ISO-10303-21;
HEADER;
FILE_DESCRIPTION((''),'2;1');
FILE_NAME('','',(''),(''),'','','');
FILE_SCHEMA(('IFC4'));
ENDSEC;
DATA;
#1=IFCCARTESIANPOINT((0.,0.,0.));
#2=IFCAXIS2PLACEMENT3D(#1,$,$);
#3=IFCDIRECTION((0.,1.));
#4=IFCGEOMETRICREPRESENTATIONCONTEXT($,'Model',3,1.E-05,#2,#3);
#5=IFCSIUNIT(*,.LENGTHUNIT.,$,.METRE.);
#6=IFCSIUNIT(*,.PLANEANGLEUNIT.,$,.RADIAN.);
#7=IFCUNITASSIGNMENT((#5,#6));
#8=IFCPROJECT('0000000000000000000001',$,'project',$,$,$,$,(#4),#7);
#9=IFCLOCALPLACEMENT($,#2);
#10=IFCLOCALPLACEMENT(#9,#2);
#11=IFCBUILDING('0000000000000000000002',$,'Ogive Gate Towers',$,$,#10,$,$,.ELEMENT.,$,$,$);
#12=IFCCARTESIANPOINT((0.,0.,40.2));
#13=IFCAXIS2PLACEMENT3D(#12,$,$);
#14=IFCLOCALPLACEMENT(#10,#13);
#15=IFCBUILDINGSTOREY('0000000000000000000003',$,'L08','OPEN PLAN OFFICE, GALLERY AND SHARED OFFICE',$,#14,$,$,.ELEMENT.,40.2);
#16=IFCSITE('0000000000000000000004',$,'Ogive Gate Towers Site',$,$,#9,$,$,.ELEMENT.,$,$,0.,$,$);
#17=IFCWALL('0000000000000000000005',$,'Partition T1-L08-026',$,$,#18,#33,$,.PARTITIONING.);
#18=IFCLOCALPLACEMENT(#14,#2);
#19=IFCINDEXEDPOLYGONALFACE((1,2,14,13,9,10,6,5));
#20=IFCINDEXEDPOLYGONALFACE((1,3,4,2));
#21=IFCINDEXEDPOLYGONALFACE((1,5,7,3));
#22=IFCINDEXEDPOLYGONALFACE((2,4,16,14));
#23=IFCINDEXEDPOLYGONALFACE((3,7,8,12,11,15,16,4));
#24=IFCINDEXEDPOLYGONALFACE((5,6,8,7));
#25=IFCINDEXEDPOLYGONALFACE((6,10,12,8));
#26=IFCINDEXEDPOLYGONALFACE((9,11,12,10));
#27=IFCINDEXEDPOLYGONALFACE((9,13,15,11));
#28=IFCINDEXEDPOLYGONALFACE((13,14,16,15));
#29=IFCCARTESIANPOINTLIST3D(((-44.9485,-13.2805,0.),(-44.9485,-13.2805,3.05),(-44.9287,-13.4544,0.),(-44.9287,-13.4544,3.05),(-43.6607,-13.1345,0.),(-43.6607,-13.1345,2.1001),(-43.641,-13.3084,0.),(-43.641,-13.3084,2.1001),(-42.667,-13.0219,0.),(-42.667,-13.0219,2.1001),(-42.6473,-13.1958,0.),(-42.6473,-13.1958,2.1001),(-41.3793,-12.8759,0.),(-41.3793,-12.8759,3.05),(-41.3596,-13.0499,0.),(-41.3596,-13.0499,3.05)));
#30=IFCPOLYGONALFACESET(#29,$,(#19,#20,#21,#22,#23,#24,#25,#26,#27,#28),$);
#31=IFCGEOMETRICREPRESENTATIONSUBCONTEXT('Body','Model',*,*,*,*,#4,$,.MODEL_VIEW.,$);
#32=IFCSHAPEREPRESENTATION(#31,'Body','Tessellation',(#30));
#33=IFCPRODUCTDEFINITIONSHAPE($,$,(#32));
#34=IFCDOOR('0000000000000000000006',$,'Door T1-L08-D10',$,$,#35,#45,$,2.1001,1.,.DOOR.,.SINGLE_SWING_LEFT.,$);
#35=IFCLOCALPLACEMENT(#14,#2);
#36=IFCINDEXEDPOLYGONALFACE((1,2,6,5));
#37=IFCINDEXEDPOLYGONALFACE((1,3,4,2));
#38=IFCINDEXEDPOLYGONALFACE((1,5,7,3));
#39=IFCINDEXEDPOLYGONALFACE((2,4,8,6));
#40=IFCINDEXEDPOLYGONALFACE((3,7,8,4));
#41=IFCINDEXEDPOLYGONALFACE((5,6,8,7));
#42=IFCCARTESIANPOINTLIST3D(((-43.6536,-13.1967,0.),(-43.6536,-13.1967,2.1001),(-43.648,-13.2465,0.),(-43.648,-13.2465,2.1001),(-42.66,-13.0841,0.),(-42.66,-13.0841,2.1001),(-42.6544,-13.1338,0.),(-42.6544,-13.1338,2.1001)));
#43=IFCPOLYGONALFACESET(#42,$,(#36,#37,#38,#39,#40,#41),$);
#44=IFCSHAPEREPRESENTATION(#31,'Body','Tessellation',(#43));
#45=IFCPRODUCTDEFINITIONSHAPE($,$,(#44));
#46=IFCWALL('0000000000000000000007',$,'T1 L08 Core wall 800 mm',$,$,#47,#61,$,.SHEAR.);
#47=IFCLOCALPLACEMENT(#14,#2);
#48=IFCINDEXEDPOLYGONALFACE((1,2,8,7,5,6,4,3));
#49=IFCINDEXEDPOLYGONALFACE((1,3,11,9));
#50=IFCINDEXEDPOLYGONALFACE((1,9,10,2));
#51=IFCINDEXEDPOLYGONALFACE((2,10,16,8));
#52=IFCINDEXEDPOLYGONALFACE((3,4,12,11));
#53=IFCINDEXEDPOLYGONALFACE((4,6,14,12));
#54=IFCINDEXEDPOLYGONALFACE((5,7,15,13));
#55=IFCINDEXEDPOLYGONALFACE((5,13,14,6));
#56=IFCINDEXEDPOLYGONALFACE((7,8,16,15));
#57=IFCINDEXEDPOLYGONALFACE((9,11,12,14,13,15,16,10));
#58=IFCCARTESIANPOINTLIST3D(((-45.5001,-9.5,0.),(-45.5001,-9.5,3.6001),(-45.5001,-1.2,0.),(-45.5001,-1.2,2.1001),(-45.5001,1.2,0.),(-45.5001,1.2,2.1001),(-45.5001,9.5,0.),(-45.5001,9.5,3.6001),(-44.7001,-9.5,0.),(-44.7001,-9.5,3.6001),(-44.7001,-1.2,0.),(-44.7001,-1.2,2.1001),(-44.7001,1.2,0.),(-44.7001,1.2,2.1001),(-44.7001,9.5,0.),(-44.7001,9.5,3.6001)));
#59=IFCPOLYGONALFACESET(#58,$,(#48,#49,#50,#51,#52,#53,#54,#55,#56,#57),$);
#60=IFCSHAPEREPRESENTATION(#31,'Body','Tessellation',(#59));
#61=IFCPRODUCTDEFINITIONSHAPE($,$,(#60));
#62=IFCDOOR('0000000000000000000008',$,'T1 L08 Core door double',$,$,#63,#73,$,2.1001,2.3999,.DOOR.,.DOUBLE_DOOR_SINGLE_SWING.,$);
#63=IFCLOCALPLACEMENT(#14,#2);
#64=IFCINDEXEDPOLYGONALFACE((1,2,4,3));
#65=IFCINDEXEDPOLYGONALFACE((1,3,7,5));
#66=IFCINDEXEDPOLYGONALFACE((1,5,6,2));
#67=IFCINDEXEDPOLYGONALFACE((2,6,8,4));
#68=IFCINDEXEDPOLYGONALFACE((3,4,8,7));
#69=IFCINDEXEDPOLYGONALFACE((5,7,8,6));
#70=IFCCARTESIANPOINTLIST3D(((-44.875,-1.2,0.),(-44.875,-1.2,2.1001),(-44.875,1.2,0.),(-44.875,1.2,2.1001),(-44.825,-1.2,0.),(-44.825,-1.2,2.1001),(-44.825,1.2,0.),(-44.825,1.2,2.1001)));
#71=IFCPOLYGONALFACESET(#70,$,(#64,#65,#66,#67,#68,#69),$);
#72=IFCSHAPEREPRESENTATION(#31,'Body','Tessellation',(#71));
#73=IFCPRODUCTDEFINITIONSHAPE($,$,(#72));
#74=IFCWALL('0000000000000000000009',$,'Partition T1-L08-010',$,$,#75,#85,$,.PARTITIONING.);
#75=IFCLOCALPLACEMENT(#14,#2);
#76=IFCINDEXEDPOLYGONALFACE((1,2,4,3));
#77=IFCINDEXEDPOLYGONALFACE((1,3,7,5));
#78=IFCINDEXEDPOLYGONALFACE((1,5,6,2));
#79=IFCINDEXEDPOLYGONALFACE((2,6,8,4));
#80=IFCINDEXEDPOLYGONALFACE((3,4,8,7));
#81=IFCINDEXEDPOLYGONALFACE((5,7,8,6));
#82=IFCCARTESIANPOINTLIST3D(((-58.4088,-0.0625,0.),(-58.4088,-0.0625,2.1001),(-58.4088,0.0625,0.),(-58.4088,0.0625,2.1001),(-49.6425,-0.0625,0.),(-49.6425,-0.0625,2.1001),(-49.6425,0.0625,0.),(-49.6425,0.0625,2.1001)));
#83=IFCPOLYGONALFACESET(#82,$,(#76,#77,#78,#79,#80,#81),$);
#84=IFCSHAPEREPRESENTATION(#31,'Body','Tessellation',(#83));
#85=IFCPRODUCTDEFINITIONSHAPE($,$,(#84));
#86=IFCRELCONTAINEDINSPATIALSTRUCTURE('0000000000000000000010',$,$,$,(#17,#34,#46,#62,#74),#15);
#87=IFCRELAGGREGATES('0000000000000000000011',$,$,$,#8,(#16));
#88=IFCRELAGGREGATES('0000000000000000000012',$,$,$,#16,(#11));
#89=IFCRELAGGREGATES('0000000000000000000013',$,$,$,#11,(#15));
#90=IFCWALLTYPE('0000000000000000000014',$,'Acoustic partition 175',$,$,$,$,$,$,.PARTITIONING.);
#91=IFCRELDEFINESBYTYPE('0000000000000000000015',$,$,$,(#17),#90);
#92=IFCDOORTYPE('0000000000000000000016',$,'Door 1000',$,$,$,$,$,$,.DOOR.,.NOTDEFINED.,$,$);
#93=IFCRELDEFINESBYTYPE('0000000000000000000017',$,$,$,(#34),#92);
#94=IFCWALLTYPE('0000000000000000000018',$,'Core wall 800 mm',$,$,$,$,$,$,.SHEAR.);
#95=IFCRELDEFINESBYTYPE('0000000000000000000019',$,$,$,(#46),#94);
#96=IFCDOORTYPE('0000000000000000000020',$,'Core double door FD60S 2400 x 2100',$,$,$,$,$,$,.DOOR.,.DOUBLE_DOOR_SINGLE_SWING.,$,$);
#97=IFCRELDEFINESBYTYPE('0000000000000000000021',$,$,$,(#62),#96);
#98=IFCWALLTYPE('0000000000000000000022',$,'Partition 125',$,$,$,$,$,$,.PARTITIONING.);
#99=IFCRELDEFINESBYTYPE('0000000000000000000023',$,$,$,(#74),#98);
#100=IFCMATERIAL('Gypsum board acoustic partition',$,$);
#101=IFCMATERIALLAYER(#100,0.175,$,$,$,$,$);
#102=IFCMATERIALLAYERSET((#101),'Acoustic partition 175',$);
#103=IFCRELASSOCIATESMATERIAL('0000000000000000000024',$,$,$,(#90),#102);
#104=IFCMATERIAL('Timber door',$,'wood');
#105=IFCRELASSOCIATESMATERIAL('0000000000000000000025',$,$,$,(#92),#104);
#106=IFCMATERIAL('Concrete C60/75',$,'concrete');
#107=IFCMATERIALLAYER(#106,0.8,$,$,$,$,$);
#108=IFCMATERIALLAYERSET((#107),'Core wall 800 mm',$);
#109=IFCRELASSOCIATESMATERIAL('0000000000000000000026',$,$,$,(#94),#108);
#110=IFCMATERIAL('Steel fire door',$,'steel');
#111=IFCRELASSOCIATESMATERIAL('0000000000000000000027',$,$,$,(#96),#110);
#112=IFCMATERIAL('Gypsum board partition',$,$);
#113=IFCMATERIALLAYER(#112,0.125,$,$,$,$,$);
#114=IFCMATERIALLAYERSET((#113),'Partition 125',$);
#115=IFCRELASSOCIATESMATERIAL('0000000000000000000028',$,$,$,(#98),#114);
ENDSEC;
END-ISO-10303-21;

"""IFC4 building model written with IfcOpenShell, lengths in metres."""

from ifc_helpers import new_model, si_unit, direction, frame, frame_2d, origin, place, context, subcontext, project, spatial, rectangle, extrude, material, layer, layer_set, type_object, element, fill, save


model = new_model("IFC4")

# Units and contexts
model_context = context("Model", 3, precision=1e-05, world=origin(), true_north=direction((0.0, 1.0)))
body_context = subcontext(model_context, "Body", "Model", "MODEL_VIEW")
ifc_project = project(units=[si_unit("LENGTHUNIT", "METRE"), si_unit("PLANEANGLEUNIT", "RADIAN")], contexts=[model_context])

# Site, building, storey
site_placement = place(None, origin())
site = spatial("IfcSite", under=ifc_project, at=site_placement, Name="Ogive Gate Towers Site", CompositionType="ELEMENT", RefElevation=0.0)
building_placement = place(site_placement, origin())
building = spatial("IfcBuilding", under=site, at=building_placement, Name="Ogive Gate Towers", CompositionType="ELEMENT")
storey_placement = place(building_placement, frame((0.0, 0.0, 40.2)))
storey = spatial("IfcBuildingStorey", under=building, at=storey_placement, Name="L08", Description="OPEN PLAN OFFICE, GALLERY AND SHARED OFFICE", CompositionType="ELEMENT", Elevation=40.2)

# Shared definitions
ifc_material_1 = material(Name="Gypsum board acoustic partition")
ifc_layer_1 = layer(ifc_material_1, 0.175)
ifc_layer_set_1 = layer_set([ifc_layer_1], Name="Acoustic partition 175")
wall_type_1 = type_object("IfcWallType", Name="Acoustic partition 175", PredefinedType="PARTITIONING", material=ifc_layer_set_1)

# Walls, openings, doors
ifc_material_2 = material(Name="Timber door", Category="wood")
door_type_1 = type_object("IfcDoorType", Name="Door 1000", OperationType="NOTDEFINED", PredefinedType="DOOR", material=ifc_material_2)
wall_1_placement = place(storey_placement, frame((-44.9385, -13.3674, 0.0), z_axis=(0.0, 0.0, 1.0), x_axis=(0.993638, 0.112624, 0.0)))
wall_1 = element("IfcWall", 1, at=wall_1_placement, inside=storey, type_object=wall_type_1, Name="Partition T1-L08-026", PredefinedType="PARTITIONING", context=body_context, shape_type="SweptSolid", body=[
    extrude(rectangle(XDim=3.592, YDim=0.175, at=frame_2d((1.7959, 0.0))), origin(), (0.0, 0.0, 1.0), 3.05),
])
opening_1_placement = place(wall_1_placement, frame((1.2959, 0.0, 0.0)))
opening_1 = element("IfcOpeningElement", 2, at=opening_1_placement, cuts=wall_1, PredefinedType="OPENING", context=body_context, shape_type="SweptSolid", body=[
    extrude(rectangle(XDim=1.0, YDim=2.1001, at=frame_2d((0.5, 1.05))), frame((0.0, 0.0977, 0.0), z_axis=(0.0, -1.0, 0.0), x_axis=(1.0, 0.0, 0.0)), (0.0, 0.0, 1.0), 0.1951),
])
door_1_placement = place(opening_1_placement, origin())
door_1 = element("IfcDoor", 3, at=door_1_placement, inside=storey, type_object=door_type_1, Name="Door T1-L08-D10", OperationType="SINGLE_SWING_LEFT", OverallHeight=2.1001, OverallWidth=1.0, PredefinedType="DOOR", context=body_context, shape_type="SweptSolid", body=[
    extrude(rectangle(XDim=1.0, YDim=2.1001, at=frame_2d((0.5, 1.05))), frame((0.0, 0.0249, 0.0), z_axis=(0.0, -1.0, 0.0), x_axis=(1.0, 0.0, 0.0)), (0.0, 0.0, 1.0), 0.05),
])
fill(opening_1, door_1)
ifc_material_3 = material(Name="Concrete C60/75", Category="concrete")
ifc_layer_2 = layer(ifc_material_3, 0.8)
ifc_layer_set_2 = layer_set([ifc_layer_2], Name="Core wall 800 mm")
wall_type_2 = type_object("IfcWallType", Name="Core wall 800 mm", PredefinedType="SHEAR", material=ifc_layer_set_2)
wall_2_placement = place(storey_placement, frame((-45.1001, -9.5, 0.0), z_axis=(0.0, 0.0, 1.0), x_axis=(0.0, 1.0, 0.0)))
wall_2 = element("IfcWall", 4, at=wall_2_placement, inside=storey, type_object=wall_type_2, Name="T1 L08 Core wall 800 mm", PredefinedType="SHEAR", context=body_context, shape_type="SweptSolid", body=[
    extrude(rectangle(XDim=19.0, YDim=0.8, at=frame_2d((9.5, 0.0))), origin(), (0.0, 0.0, 1.0), 3.6001),
])
opening_2_placement = place(wall_2_placement, frame((8.3, 0.0, 0.0)))
opening_2 = element("IfcOpeningElement", 5, at=opening_2_placement, cuts=wall_2, PredefinedType="OPENING", context=body_context, shape_type="SweptSolid", body=[
    extrude(rectangle(XDim=2.3999, YDim=2.1001, at=frame_2d((1.2, 1.05))), frame((0.0, 0.4102, 0.0), z_axis=(0.0, -1.0, 0.0), x_axis=(1.0, 0.0, 0.0)), (0.0, 0.0, 1.0), 0.8201),
])
ifc_material_4 = material(Name="Steel fire door", Category="steel")
door_type_2 = type_object("IfcDoorType", Name="Core double door FD60S 2400 x 2100", OperationType="DOUBLE_DOOR_SINGLE_SWING", PredefinedType="DOOR", material=ifc_material_4)
door_2_placement = place(opening_2_placement, origin())
door_2 = element("IfcDoor", 6, at=door_2_placement, inside=storey, type_object=door_type_2, Name="T1 L08 Core door double", OperationType="DOUBLE_DOOR_SINGLE_SWING", OverallHeight=2.1001, OverallWidth=2.3999, PredefinedType="DOOR", context=body_context, shape_type="SweptSolid", body=[
    extrude(rectangle(XDim=2.3999, YDim=2.1001, at=frame_2d((1.2, 1.05))), frame((0.0, -0.2251, 0.0), z_axis=(0.0, -1.0, 0.0), x_axis=(1.0, 0.0, 0.0)), (0.0, 0.0, 1.0), 0.05),
])
fill(opening_2, door_2)

# Wall
ifc_material_5 = material(Name="Gypsum board partition")
ifc_layer_3 = layer(ifc_material_5, 0.125)
ifc_layer_set_3 = layer_set([ifc_layer_3], Name="Partition 125")
wall_type_3 = type_object("IfcWallType", Name="Partition 125", PredefinedType="PARTITIONING", material=ifc_layer_set_3)
wall_3_placement = place(storey_placement, frame((-58.4089, 0.0, 0.0), z_axis=(0.0, 0.0, 1.0), x_axis=(1.0, 0.0, 0.0)))
element("IfcWall", 7, at=wall_3_placement, inside=storey, type_object=wall_type_3, Name="Partition T1-L08-010", PredefinedType="PARTITIONING", context=body_context, shape_type="SweptSolid", body=[
    extrude(rectangle(XDim=8.7664, YDim=0.125, at=frame_2d((4.3833, 0.0))), origin(), (0.0, 0.0, 1.0), 2.1001),
])

save(model, "model.ifc")
